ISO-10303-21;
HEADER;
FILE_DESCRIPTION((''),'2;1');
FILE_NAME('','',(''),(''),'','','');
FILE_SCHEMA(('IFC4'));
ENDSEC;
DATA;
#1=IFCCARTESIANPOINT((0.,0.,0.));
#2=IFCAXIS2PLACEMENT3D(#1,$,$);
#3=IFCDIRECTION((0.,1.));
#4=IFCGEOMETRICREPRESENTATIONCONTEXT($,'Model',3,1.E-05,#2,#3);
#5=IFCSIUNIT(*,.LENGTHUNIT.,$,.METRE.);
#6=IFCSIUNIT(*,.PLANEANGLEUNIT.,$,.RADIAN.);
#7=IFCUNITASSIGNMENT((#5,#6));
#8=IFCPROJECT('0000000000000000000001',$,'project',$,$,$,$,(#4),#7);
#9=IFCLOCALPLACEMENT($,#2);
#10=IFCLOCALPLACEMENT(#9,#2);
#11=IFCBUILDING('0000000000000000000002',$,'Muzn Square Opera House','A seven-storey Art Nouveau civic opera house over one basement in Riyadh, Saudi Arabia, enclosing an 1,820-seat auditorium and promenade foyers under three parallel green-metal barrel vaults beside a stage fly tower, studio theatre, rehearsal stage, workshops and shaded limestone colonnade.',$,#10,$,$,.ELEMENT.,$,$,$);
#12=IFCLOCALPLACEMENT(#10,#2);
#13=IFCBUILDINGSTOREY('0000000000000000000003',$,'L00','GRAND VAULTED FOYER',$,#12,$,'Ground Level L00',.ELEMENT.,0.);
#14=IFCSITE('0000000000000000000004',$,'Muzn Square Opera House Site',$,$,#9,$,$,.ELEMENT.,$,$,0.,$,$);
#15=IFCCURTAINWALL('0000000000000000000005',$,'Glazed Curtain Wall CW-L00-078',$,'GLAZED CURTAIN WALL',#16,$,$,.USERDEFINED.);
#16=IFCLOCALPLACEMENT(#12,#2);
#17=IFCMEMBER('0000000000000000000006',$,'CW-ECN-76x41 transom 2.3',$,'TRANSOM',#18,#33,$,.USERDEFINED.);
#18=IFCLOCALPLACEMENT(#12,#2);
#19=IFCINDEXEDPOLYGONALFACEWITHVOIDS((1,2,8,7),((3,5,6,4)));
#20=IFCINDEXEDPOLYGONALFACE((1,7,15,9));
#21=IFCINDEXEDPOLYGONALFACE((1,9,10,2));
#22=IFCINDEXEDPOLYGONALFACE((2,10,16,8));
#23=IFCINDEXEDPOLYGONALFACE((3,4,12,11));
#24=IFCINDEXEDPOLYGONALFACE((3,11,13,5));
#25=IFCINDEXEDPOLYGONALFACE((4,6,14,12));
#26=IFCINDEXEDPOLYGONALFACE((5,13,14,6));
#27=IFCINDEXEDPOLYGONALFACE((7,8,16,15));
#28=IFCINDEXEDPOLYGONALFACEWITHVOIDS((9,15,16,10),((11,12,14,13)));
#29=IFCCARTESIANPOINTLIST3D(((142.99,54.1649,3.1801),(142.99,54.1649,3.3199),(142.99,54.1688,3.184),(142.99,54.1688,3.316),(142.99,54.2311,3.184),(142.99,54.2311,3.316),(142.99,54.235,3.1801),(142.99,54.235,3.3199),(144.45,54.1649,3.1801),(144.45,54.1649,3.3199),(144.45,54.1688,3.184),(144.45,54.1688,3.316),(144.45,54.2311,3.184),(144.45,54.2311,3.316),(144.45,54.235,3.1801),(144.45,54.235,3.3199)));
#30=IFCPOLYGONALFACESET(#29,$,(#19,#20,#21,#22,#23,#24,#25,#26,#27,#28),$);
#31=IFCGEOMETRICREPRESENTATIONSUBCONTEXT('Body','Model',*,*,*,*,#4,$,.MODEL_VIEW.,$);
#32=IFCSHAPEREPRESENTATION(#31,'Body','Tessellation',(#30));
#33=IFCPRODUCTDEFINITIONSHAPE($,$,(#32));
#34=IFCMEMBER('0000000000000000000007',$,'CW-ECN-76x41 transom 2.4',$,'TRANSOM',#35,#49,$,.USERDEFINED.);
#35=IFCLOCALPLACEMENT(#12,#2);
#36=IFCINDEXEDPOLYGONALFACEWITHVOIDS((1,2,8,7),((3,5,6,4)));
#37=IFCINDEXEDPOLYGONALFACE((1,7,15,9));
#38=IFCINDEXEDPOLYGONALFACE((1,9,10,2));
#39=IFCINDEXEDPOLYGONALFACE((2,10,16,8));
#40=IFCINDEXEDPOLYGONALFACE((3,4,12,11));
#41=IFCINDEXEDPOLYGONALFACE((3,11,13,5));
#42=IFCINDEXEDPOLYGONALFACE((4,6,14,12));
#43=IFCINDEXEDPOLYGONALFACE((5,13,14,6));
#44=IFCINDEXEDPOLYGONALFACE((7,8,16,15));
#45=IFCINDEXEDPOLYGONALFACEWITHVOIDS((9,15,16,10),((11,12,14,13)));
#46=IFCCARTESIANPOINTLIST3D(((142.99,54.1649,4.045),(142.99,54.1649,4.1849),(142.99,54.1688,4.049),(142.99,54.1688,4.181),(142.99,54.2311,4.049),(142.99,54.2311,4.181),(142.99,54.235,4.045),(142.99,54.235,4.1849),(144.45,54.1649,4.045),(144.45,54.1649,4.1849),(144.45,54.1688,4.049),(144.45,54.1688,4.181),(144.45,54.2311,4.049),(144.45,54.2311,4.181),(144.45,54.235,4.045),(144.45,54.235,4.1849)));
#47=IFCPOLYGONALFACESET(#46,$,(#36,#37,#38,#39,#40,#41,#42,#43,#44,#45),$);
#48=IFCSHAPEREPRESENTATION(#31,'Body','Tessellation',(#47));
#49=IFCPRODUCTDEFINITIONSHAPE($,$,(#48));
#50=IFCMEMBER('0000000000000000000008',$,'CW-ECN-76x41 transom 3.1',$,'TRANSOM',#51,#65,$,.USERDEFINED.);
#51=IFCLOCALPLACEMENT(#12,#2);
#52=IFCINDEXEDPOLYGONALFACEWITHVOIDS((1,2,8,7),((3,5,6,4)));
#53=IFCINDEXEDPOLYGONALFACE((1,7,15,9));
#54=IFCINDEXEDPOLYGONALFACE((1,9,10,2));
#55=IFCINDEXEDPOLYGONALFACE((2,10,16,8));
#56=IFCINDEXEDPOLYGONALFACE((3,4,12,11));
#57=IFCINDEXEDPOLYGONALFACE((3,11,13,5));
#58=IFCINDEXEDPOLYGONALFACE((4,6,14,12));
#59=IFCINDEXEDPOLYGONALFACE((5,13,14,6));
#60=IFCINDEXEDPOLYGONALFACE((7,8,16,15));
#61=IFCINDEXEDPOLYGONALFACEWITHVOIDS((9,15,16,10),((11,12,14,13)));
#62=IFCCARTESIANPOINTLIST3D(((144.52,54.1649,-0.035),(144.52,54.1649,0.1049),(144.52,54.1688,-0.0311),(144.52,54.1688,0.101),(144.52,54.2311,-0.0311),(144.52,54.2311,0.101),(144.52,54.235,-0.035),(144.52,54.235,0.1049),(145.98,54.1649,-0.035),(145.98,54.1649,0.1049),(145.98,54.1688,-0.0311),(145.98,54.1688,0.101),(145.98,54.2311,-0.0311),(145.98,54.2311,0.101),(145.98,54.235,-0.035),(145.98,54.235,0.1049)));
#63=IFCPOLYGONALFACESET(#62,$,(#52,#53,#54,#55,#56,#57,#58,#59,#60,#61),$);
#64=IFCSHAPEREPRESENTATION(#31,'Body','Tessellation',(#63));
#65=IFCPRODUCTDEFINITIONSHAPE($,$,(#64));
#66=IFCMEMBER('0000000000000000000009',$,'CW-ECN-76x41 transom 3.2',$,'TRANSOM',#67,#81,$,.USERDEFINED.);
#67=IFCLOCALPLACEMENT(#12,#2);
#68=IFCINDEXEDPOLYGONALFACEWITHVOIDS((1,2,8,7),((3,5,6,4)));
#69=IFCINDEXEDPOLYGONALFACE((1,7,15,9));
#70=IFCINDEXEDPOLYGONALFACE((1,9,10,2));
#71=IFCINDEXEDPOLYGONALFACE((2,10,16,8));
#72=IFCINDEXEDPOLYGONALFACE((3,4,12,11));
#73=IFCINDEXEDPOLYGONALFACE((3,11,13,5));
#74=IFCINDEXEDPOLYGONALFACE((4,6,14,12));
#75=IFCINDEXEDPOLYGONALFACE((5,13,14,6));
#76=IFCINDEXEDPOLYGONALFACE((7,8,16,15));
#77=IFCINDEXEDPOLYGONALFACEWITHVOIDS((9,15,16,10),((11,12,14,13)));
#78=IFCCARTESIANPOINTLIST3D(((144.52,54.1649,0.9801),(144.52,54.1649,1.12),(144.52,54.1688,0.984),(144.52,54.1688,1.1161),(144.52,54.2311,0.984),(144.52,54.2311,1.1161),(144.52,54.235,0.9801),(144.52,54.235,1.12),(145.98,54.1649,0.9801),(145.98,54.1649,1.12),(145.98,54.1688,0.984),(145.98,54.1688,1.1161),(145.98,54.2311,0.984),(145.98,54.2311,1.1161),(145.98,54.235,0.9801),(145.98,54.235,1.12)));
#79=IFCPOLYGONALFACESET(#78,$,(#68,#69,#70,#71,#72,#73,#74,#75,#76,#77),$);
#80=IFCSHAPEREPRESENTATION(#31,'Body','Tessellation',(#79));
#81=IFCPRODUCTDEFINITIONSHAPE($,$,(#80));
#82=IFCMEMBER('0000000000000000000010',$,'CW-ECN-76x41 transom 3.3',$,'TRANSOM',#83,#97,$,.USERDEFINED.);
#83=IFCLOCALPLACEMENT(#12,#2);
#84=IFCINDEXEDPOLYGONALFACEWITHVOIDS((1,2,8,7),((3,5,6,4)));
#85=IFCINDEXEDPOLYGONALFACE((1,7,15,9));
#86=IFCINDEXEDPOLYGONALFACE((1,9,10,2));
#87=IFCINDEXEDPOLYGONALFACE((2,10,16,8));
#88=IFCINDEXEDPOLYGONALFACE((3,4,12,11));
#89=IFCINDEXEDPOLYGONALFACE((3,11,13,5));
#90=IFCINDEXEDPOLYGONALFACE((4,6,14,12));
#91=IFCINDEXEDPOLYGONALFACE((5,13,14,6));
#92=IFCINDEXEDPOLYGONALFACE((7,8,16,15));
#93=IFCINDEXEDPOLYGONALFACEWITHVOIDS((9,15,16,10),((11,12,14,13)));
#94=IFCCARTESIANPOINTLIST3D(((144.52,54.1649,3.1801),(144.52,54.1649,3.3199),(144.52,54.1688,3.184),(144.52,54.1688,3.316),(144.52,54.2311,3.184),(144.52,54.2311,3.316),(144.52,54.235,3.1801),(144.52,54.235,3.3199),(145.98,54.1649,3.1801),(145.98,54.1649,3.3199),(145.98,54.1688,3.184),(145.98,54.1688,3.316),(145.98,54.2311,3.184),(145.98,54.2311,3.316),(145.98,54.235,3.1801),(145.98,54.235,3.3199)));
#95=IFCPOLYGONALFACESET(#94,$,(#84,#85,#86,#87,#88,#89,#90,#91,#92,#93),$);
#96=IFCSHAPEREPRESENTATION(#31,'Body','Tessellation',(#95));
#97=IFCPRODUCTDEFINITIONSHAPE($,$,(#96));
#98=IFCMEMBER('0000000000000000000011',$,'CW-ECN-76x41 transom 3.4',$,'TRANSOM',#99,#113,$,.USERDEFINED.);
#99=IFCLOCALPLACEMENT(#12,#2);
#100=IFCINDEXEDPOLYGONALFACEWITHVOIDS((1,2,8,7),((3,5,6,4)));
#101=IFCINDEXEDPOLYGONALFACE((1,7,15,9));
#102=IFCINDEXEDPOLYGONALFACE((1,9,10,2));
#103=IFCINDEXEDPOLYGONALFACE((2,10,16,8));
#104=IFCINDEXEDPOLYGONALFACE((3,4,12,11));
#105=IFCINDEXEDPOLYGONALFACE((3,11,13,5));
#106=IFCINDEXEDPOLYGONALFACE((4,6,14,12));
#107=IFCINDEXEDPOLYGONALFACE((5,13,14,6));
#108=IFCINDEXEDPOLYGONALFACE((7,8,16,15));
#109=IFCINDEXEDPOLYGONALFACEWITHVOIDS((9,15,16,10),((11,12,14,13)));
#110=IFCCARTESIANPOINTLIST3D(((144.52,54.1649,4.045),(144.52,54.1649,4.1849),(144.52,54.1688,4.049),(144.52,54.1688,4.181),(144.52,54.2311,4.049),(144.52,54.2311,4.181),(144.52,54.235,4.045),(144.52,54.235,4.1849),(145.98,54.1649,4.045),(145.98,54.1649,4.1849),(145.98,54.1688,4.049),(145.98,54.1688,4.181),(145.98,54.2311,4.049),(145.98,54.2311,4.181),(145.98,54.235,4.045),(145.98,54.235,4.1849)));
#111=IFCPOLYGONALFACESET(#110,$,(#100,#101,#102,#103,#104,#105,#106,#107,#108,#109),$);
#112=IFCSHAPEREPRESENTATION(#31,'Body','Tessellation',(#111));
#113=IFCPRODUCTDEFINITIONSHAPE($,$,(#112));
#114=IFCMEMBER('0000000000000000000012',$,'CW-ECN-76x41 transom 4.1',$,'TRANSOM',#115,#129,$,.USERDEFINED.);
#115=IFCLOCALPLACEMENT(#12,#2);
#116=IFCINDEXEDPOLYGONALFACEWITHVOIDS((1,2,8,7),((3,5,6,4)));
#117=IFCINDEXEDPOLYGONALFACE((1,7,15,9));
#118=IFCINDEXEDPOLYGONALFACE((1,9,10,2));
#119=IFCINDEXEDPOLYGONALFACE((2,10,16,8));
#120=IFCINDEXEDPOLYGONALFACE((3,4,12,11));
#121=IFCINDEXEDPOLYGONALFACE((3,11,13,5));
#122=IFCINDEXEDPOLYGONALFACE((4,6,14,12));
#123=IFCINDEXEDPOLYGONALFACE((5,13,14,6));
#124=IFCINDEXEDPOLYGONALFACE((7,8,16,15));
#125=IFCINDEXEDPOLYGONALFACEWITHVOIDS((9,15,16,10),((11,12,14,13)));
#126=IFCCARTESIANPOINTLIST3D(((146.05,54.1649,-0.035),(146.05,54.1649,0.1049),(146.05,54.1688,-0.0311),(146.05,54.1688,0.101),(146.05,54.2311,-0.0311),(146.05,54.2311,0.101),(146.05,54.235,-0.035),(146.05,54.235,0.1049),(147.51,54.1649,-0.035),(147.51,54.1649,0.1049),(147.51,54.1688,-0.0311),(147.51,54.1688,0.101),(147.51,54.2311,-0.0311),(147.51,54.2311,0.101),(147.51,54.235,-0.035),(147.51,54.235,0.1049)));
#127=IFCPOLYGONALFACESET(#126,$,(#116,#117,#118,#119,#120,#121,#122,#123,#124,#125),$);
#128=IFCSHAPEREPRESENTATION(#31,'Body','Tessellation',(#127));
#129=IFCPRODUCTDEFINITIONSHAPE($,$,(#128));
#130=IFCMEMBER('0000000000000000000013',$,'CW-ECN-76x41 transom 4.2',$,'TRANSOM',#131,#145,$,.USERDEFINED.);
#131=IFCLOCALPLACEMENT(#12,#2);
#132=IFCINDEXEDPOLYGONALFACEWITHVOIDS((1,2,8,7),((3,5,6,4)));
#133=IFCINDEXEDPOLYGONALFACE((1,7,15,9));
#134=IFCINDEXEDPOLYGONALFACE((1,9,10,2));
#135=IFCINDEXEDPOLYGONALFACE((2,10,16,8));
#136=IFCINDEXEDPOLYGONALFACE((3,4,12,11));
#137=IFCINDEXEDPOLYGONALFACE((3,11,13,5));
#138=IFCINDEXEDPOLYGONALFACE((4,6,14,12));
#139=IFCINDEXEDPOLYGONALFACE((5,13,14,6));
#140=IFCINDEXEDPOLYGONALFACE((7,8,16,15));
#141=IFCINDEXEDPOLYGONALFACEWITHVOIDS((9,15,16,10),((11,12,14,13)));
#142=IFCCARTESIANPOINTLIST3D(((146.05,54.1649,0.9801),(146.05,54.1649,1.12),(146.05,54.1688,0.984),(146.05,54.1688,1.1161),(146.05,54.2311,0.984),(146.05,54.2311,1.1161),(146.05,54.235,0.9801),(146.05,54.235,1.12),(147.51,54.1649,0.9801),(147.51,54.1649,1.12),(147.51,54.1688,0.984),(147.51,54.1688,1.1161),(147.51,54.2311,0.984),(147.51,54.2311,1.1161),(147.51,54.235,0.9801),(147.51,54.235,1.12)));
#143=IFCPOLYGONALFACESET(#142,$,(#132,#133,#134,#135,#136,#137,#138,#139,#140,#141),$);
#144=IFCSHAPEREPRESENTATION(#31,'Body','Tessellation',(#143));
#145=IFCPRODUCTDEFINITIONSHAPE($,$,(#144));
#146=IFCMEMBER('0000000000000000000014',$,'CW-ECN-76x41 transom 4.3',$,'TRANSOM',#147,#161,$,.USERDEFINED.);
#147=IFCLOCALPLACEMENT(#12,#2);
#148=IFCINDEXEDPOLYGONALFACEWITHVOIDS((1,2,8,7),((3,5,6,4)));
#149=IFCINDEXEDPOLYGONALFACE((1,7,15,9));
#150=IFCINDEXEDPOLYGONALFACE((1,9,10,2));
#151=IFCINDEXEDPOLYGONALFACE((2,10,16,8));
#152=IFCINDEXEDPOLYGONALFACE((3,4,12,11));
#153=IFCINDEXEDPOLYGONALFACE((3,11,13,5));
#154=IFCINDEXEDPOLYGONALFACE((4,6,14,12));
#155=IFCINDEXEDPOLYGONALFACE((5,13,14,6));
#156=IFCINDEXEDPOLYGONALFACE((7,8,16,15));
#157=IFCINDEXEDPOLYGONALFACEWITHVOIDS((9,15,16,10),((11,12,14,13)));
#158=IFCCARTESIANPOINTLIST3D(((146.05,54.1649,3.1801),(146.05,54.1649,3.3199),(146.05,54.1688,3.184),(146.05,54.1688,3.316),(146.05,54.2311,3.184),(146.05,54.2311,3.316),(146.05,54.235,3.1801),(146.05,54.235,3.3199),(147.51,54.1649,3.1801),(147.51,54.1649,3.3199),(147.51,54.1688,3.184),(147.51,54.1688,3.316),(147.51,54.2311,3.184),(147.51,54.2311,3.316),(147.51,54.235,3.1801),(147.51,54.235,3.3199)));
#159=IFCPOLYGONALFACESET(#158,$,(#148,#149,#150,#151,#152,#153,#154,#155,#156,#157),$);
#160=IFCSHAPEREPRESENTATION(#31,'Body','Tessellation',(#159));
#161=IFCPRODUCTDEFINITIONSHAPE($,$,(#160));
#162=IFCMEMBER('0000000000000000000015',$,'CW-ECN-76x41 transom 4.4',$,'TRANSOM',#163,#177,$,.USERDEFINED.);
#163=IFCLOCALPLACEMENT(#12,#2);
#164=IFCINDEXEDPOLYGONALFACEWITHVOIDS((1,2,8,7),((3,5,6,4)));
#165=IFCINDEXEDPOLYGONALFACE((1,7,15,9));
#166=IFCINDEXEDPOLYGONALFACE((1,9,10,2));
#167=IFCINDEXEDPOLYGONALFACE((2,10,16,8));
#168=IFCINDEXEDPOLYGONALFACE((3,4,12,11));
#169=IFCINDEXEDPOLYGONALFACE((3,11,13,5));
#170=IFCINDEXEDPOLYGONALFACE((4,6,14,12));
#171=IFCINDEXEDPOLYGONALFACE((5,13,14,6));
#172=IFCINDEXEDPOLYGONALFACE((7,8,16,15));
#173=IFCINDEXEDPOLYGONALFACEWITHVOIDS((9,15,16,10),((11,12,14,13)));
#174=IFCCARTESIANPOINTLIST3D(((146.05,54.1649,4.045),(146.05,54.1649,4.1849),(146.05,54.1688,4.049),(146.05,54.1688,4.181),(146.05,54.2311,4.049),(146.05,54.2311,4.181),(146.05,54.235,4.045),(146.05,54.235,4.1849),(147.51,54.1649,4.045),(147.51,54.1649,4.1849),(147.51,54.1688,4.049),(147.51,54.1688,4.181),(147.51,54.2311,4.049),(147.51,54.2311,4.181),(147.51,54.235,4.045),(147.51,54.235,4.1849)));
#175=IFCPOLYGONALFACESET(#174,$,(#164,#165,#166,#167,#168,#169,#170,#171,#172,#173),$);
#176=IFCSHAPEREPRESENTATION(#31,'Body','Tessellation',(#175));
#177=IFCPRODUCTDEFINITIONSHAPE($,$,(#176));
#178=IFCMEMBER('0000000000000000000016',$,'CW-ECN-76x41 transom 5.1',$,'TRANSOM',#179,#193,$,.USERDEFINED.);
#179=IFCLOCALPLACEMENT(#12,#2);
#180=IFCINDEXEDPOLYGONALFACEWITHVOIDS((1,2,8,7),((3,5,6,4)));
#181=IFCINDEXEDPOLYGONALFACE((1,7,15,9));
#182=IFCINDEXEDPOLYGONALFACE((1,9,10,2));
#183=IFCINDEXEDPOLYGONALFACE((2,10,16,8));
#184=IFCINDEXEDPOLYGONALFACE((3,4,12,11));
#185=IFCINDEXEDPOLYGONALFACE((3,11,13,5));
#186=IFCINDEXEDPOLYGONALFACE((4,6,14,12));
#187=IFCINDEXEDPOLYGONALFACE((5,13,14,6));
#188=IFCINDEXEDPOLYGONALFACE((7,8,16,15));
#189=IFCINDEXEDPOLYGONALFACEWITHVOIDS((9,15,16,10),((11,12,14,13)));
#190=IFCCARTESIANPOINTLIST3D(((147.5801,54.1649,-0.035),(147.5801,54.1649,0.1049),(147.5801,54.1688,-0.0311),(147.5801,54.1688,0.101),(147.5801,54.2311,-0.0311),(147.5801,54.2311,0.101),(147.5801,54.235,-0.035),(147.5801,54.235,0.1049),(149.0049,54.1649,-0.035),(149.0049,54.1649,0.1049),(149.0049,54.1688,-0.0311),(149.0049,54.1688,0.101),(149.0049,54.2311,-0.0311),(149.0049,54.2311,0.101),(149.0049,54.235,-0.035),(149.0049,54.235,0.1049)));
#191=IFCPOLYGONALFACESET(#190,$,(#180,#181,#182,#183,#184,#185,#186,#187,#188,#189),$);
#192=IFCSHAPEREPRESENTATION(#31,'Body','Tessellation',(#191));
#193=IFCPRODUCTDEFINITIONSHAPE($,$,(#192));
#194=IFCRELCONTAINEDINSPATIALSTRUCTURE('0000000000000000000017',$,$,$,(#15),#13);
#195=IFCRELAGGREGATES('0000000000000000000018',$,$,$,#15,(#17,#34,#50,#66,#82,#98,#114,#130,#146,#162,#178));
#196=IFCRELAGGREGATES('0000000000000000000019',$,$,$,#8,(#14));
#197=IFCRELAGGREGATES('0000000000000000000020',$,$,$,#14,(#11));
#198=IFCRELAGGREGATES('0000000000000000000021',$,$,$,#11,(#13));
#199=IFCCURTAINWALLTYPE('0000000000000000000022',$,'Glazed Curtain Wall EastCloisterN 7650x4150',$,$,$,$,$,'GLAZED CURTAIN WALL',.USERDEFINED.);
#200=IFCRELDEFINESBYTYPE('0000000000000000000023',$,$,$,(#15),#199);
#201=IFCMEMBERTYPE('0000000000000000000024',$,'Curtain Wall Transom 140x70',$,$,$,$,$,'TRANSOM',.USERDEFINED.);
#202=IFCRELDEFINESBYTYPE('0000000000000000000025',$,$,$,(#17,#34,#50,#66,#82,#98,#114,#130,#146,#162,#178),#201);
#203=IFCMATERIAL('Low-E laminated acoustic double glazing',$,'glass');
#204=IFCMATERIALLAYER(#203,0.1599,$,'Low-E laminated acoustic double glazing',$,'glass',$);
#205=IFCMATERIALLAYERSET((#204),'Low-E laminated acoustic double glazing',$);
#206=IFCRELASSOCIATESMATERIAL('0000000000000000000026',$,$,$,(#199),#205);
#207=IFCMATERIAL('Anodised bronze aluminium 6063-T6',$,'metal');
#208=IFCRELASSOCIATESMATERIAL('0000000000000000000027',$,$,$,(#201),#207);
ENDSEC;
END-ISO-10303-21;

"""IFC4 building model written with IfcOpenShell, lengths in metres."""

from ifc_helpers import new_model, si_unit, direction, frame, origin, origin_2d, place, context, subcontext, project, spatial, hollow_rectangle, extrude, material, layer, layer_set, material_profile, profile_set, type_object, element, aggregate, save


model = new_model("IFC4")

# Units and contexts
model_context = context("Model", 3, precision=1e-05, world=origin(), true_north=direction((0.0, 1.0)))
body_context = subcontext(model_context, "Body", "Model", "MODEL_VIEW")
ifc_project = project(units=[si_unit("LENGTHUNIT", "METRE"), si_unit("PLANEANGLEUNIT", "RADIAN")], contexts=[model_context])

# Site, building, storey
site_placement = place(None, origin())
site = spatial("IfcSite", under=ifc_project, at=site_placement, Name="Muzn Square Opera House Site", CompositionType="ELEMENT", RefElevation=0.0)
building_placement = place(site_placement, origin())
building = spatial("IfcBuilding", under=site, at=building_placement, Name="Muzn Square Opera House", Description="A seven-storey Art Nouveau civic opera house over one basement in Riyadh, Saudi Arabia, enclosing an 1,820-seat auditorium and promenade foyers under three parallel green-metal barrel vaults beside a stage fly tower, studio theatre, rehearsal stage, workshops and shaded limestone colonnade.", CompositionType="ELEMENT")
storey_placement = place(building_placement, origin())
storey = spatial("IfcBuildingStorey", under=building, at=storey_placement, Name="L00", Description="GRAND VAULTED FOYER", LongName="Ground Level L00", CompositionType="ELEMENT", Elevation=0.0)

# Curtain wall, members
ifc_material_1 = material(Name="Low-E laminated acoustic double glazing", Category="glass")
ifc_layer_1 = layer(ifc_material_1, 0.1599, Name="Low-E laminated acoustic double glazing", Category="glass")
ifc_layer_set_1 = layer_set([ifc_layer_1], Name="Low-E laminated acoustic double glazing")
curtain_wall_type = type_object("IfcCurtainWallType", Name="Glazed Curtain Wall EastCloisterN 7650x4150", ElementType="GLAZED CURTAIN WALL", PredefinedType="USERDEFINED", material=ifc_layer_set_1)
curtain_wall_placement = place(storey_placement, origin())
curtain_wall = element("IfcCurtainWall", 1, at=curtain_wall_placement, inside=storey, type_object=curtain_wall_type, Name="Glazed Curtain Wall CW-L00-078", ObjectType="GLAZED CURTAIN WALL", PredefinedType="USERDEFINED")
ifc_material_2 = material(Name="Anodised bronze aluminium 6063-T6", Category="metal")
ifc_material_profile_1 = material_profile(ifc_material_2, hollow_rectangle(XDim=0.0701, YDim=0.1399, WallThickness=0.0039, at=origin_2d()), Name="ALU 140x70x4", Category="metal")
ifc_profile_set_1 = profile_set([ifc_material_profile_1], Name="Anodised bronze aluminium 6063-T6")
member_type_1 = type_object("IfcMemberType", Name="Curtain Wall Transom 140x70", ElementType="TRANSOM", PredefinedType="USERDEFINED", material=ifc_profile_set_1)
member_1_placement = place(storey_placement, frame((142.99, 54.2, 3.25), z_axis=(1.0, 0.0, 0.0), x_axis=(0.0, 1.0, 0.0)))
member_1 = element("IfcMember", 2, at=member_1_placement, type_object=member_type_1, Name="CW-ECN-76x41 transom 2.3", ObjectType="TRANSOM", PredefinedType="USERDEFINED", context=body_context, shape_type="SweptSolid", body=[
    extrude(hollow_rectangle(XDim=0.0701, YDim=0.1399, WallThickness=0.0039, at=origin_2d()), origin(), (0.0, 0.0, 1.0), 1.46),
])
member_2_placement = place(storey_placement, frame((142.99, 54.2, 4.115), z_axis=(1.0, 0.0, 0.0), x_axis=(0.0, 1.0, 0.0)))
member_2 = element("IfcMember", 3, at=member_2_placement, type_object=member_type_1, Name="CW-ECN-76x41 transom 2.4", ObjectType="TRANSOM", PredefinedType="USERDEFINED", context=body_context, shape_type="SweptSolid", body=[
    extrude(hollow_rectangle(XDim=0.0701, YDim=0.1399, WallThickness=0.0039, at=origin_2d()), origin(), (0.0, 0.0, 1.0), 1.46),
])
member_3_placement = place(storey_placement, frame((144.52, 54.2, 0.0349), z_axis=(1.0, 0.0, 0.0), x_axis=(0.0, 1.0, 0.0)))
member_3 = element("IfcMember", 4, at=member_3_placement, type_object=member_type_1, Name="CW-ECN-76x41 transom 3.1", ObjectType="TRANSOM", PredefinedType="USERDEFINED", context=body_context, shape_type="SweptSolid", body=[
    extrude(hollow_rectangle(XDim=0.0701, YDim=0.1399, WallThickness=0.0039, at=origin_2d()), origin(), (0.0, 0.0, 1.0), 1.46),
])
member_4_placement = place(storey_placement, frame((144.52, 54.2, 1.05), z_axis=(1.0, 0.0, 0.0), x_axis=(0.0, 1.0, 0.0)))
member_4 = element("IfcMember", 5, at=member_4_placement, type_object=member_type_1, Name="CW-ECN-76x41 transom 3.2", ObjectType="TRANSOM", PredefinedType="USERDEFINED", context=body_context, shape_type="SweptSolid", body=[
    extrude(hollow_rectangle(XDim=0.0701, YDim=0.1399, WallThickness=0.0039, at=origin_2d()), origin(), (0.0, 0.0, 1.0), 1.46),
])
member_5_placement = place(storey_placement, frame((144.52, 54.2, 3.25), z_axis=(1.0, 0.0, 0.0), x_axis=(0.0, 1.0, 0.0)))
member_5 = element("IfcMember", 6, at=member_5_placement, type_object=member_type_1, Name="CW-ECN-76x41 transom 3.3", ObjectType="TRANSOM", PredefinedType="USERDEFINED", context=body_context, shape_type="SweptSolid", body=[
    extrude(hollow_rectangle(XDim=0.0701, YDim=0.1399, WallThickness=0.0039, at=origin_2d()), origin(), (0.0, 0.0, 1.0), 1.46),
])
member_6_placement = place(storey_placement, frame((144.52, 54.2, 4.115), z_axis=(1.0, 0.0, 0.0), x_axis=(0.0, 1.0, 0.0)))
member_6 = element("IfcMember", 7, at=member_6_placement, type_object=member_type_1, Name="CW-ECN-76x41 transom 3.4", ObjectType="TRANSOM", PredefinedType="USERDEFINED", context=body_context, shape_type="SweptSolid", body=[
    extrude(hollow_rectangle(XDim=0.0701, YDim=0.1399, WallThickness=0.0039, at=origin_2d()), origin(), (0.0, 0.0, 1.0), 1.46),
])
member_7_placement = place(storey_placement, frame((146.05, 54.2, 0.0349), z_axis=(1.0, 0.0, 0.0), x_axis=(0.0, 1.0, 0.0)))
member_7 = element("IfcMember", 8, at=member_7_placement, type_object=member_type_1, Name="CW-ECN-76x41 transom 4.1", ObjectType="TRANSOM", PredefinedType="USERDEFINED", context=body_context, shape_type="SweptSolid", body=[
    extrude(hollow_rectangle(XDim=0.0701, YDim=0.1399, WallThickness=0.0039, at=origin_2d()), origin(), (0.0, 0.0, 1.0), 1.46),
])
member_8_placement = place(storey_placement, frame((146.05, 54.2, 1.05), z_axis=(1.0, 0.0, 0.0), x_axis=(0.0, 1.0, 0.0)))
member_8 = element("IfcMember", 9, at=member_8_placement, type_object=member_type_1, Name="CW-ECN-76x41 transom 4.2", ObjectType="TRANSOM", PredefinedType="USERDEFINED", context=body_context, shape_type="SweptSolid", body=[
    extrude(hollow_rectangle(XDim=0.0701, YDim=0.1399, WallThickness=0.0039, at=origin_2d()), origin(), (0.0, 0.0, 1.0), 1.46),
])
member_9_placement = place(storey_placement, frame((146.05, 54.2, 3.25), z_axis=(1.0, 0.0, 0.0), x_axis=(0.0, 1.0, 0.0)))
member_9 = element("IfcMember", 10, at=member_9_placement, type_object=member_type_1, Name="CW-ECN-76x41 transom 4.3", ObjectType="TRANSOM", PredefinedType="USERDEFINED", context=body_context, shape_type="SweptSolid", body=[
    extrude(hollow_rectangle(XDim=0.0701, YDim=0.1399, WallThickness=0.0039, at=origin_2d()), origin(), (0.0, 0.0, 1.0), 1.46),
])
member_10_placement = place(storey_placement, frame((146.05, 54.2, 4.115), z_axis=(1.0, 0.0, 0.0), x_axis=(0.0, 1.0, 0.0)))
member_10 = element("IfcMember", 11, at=member_10_placement, type_object=member_type_1, Name="CW-ECN-76x41 transom 4.4", ObjectType="TRANSOM", PredefinedType="USERDEFINED", context=body_context, shape_type="SweptSolid", body=[
    extrude(hollow_rectangle(XDim=0.0701, YDim=0.1399, WallThickness=0.0039, at=origin_2d()), origin(), (0.0, 0.0, 1.0), 1.46),
])
member_11_placement = place(storey_placement, frame((147.5801, 54.2, 0.0349), z_axis=(1.0, 0.0, 0.0), x_axis=(0.0, 1.0, 0.0)))
member_11 = element("IfcMember", 12, at=member_11_placement, type_object=member_type_1, Name="CW-ECN-76x41 transom 5.1", ObjectType="TRANSOM", PredefinedType="USERDEFINED", context=body_context, shape_type="SweptSolid", body=[
    extrude(hollow_rectangle(XDim=0.0701, YDim=0.1399, WallThickness=0.0039, at=origin_2d()), origin(), (0.0, 0.0, 1.0), 1.4248),
])

aggregate(curtain_wall, [member_1, member_2, member_3, member_4, member_5, member_6, member_7, member_8, member_9, member_10, member_11])

save(model, "model.ifc")
